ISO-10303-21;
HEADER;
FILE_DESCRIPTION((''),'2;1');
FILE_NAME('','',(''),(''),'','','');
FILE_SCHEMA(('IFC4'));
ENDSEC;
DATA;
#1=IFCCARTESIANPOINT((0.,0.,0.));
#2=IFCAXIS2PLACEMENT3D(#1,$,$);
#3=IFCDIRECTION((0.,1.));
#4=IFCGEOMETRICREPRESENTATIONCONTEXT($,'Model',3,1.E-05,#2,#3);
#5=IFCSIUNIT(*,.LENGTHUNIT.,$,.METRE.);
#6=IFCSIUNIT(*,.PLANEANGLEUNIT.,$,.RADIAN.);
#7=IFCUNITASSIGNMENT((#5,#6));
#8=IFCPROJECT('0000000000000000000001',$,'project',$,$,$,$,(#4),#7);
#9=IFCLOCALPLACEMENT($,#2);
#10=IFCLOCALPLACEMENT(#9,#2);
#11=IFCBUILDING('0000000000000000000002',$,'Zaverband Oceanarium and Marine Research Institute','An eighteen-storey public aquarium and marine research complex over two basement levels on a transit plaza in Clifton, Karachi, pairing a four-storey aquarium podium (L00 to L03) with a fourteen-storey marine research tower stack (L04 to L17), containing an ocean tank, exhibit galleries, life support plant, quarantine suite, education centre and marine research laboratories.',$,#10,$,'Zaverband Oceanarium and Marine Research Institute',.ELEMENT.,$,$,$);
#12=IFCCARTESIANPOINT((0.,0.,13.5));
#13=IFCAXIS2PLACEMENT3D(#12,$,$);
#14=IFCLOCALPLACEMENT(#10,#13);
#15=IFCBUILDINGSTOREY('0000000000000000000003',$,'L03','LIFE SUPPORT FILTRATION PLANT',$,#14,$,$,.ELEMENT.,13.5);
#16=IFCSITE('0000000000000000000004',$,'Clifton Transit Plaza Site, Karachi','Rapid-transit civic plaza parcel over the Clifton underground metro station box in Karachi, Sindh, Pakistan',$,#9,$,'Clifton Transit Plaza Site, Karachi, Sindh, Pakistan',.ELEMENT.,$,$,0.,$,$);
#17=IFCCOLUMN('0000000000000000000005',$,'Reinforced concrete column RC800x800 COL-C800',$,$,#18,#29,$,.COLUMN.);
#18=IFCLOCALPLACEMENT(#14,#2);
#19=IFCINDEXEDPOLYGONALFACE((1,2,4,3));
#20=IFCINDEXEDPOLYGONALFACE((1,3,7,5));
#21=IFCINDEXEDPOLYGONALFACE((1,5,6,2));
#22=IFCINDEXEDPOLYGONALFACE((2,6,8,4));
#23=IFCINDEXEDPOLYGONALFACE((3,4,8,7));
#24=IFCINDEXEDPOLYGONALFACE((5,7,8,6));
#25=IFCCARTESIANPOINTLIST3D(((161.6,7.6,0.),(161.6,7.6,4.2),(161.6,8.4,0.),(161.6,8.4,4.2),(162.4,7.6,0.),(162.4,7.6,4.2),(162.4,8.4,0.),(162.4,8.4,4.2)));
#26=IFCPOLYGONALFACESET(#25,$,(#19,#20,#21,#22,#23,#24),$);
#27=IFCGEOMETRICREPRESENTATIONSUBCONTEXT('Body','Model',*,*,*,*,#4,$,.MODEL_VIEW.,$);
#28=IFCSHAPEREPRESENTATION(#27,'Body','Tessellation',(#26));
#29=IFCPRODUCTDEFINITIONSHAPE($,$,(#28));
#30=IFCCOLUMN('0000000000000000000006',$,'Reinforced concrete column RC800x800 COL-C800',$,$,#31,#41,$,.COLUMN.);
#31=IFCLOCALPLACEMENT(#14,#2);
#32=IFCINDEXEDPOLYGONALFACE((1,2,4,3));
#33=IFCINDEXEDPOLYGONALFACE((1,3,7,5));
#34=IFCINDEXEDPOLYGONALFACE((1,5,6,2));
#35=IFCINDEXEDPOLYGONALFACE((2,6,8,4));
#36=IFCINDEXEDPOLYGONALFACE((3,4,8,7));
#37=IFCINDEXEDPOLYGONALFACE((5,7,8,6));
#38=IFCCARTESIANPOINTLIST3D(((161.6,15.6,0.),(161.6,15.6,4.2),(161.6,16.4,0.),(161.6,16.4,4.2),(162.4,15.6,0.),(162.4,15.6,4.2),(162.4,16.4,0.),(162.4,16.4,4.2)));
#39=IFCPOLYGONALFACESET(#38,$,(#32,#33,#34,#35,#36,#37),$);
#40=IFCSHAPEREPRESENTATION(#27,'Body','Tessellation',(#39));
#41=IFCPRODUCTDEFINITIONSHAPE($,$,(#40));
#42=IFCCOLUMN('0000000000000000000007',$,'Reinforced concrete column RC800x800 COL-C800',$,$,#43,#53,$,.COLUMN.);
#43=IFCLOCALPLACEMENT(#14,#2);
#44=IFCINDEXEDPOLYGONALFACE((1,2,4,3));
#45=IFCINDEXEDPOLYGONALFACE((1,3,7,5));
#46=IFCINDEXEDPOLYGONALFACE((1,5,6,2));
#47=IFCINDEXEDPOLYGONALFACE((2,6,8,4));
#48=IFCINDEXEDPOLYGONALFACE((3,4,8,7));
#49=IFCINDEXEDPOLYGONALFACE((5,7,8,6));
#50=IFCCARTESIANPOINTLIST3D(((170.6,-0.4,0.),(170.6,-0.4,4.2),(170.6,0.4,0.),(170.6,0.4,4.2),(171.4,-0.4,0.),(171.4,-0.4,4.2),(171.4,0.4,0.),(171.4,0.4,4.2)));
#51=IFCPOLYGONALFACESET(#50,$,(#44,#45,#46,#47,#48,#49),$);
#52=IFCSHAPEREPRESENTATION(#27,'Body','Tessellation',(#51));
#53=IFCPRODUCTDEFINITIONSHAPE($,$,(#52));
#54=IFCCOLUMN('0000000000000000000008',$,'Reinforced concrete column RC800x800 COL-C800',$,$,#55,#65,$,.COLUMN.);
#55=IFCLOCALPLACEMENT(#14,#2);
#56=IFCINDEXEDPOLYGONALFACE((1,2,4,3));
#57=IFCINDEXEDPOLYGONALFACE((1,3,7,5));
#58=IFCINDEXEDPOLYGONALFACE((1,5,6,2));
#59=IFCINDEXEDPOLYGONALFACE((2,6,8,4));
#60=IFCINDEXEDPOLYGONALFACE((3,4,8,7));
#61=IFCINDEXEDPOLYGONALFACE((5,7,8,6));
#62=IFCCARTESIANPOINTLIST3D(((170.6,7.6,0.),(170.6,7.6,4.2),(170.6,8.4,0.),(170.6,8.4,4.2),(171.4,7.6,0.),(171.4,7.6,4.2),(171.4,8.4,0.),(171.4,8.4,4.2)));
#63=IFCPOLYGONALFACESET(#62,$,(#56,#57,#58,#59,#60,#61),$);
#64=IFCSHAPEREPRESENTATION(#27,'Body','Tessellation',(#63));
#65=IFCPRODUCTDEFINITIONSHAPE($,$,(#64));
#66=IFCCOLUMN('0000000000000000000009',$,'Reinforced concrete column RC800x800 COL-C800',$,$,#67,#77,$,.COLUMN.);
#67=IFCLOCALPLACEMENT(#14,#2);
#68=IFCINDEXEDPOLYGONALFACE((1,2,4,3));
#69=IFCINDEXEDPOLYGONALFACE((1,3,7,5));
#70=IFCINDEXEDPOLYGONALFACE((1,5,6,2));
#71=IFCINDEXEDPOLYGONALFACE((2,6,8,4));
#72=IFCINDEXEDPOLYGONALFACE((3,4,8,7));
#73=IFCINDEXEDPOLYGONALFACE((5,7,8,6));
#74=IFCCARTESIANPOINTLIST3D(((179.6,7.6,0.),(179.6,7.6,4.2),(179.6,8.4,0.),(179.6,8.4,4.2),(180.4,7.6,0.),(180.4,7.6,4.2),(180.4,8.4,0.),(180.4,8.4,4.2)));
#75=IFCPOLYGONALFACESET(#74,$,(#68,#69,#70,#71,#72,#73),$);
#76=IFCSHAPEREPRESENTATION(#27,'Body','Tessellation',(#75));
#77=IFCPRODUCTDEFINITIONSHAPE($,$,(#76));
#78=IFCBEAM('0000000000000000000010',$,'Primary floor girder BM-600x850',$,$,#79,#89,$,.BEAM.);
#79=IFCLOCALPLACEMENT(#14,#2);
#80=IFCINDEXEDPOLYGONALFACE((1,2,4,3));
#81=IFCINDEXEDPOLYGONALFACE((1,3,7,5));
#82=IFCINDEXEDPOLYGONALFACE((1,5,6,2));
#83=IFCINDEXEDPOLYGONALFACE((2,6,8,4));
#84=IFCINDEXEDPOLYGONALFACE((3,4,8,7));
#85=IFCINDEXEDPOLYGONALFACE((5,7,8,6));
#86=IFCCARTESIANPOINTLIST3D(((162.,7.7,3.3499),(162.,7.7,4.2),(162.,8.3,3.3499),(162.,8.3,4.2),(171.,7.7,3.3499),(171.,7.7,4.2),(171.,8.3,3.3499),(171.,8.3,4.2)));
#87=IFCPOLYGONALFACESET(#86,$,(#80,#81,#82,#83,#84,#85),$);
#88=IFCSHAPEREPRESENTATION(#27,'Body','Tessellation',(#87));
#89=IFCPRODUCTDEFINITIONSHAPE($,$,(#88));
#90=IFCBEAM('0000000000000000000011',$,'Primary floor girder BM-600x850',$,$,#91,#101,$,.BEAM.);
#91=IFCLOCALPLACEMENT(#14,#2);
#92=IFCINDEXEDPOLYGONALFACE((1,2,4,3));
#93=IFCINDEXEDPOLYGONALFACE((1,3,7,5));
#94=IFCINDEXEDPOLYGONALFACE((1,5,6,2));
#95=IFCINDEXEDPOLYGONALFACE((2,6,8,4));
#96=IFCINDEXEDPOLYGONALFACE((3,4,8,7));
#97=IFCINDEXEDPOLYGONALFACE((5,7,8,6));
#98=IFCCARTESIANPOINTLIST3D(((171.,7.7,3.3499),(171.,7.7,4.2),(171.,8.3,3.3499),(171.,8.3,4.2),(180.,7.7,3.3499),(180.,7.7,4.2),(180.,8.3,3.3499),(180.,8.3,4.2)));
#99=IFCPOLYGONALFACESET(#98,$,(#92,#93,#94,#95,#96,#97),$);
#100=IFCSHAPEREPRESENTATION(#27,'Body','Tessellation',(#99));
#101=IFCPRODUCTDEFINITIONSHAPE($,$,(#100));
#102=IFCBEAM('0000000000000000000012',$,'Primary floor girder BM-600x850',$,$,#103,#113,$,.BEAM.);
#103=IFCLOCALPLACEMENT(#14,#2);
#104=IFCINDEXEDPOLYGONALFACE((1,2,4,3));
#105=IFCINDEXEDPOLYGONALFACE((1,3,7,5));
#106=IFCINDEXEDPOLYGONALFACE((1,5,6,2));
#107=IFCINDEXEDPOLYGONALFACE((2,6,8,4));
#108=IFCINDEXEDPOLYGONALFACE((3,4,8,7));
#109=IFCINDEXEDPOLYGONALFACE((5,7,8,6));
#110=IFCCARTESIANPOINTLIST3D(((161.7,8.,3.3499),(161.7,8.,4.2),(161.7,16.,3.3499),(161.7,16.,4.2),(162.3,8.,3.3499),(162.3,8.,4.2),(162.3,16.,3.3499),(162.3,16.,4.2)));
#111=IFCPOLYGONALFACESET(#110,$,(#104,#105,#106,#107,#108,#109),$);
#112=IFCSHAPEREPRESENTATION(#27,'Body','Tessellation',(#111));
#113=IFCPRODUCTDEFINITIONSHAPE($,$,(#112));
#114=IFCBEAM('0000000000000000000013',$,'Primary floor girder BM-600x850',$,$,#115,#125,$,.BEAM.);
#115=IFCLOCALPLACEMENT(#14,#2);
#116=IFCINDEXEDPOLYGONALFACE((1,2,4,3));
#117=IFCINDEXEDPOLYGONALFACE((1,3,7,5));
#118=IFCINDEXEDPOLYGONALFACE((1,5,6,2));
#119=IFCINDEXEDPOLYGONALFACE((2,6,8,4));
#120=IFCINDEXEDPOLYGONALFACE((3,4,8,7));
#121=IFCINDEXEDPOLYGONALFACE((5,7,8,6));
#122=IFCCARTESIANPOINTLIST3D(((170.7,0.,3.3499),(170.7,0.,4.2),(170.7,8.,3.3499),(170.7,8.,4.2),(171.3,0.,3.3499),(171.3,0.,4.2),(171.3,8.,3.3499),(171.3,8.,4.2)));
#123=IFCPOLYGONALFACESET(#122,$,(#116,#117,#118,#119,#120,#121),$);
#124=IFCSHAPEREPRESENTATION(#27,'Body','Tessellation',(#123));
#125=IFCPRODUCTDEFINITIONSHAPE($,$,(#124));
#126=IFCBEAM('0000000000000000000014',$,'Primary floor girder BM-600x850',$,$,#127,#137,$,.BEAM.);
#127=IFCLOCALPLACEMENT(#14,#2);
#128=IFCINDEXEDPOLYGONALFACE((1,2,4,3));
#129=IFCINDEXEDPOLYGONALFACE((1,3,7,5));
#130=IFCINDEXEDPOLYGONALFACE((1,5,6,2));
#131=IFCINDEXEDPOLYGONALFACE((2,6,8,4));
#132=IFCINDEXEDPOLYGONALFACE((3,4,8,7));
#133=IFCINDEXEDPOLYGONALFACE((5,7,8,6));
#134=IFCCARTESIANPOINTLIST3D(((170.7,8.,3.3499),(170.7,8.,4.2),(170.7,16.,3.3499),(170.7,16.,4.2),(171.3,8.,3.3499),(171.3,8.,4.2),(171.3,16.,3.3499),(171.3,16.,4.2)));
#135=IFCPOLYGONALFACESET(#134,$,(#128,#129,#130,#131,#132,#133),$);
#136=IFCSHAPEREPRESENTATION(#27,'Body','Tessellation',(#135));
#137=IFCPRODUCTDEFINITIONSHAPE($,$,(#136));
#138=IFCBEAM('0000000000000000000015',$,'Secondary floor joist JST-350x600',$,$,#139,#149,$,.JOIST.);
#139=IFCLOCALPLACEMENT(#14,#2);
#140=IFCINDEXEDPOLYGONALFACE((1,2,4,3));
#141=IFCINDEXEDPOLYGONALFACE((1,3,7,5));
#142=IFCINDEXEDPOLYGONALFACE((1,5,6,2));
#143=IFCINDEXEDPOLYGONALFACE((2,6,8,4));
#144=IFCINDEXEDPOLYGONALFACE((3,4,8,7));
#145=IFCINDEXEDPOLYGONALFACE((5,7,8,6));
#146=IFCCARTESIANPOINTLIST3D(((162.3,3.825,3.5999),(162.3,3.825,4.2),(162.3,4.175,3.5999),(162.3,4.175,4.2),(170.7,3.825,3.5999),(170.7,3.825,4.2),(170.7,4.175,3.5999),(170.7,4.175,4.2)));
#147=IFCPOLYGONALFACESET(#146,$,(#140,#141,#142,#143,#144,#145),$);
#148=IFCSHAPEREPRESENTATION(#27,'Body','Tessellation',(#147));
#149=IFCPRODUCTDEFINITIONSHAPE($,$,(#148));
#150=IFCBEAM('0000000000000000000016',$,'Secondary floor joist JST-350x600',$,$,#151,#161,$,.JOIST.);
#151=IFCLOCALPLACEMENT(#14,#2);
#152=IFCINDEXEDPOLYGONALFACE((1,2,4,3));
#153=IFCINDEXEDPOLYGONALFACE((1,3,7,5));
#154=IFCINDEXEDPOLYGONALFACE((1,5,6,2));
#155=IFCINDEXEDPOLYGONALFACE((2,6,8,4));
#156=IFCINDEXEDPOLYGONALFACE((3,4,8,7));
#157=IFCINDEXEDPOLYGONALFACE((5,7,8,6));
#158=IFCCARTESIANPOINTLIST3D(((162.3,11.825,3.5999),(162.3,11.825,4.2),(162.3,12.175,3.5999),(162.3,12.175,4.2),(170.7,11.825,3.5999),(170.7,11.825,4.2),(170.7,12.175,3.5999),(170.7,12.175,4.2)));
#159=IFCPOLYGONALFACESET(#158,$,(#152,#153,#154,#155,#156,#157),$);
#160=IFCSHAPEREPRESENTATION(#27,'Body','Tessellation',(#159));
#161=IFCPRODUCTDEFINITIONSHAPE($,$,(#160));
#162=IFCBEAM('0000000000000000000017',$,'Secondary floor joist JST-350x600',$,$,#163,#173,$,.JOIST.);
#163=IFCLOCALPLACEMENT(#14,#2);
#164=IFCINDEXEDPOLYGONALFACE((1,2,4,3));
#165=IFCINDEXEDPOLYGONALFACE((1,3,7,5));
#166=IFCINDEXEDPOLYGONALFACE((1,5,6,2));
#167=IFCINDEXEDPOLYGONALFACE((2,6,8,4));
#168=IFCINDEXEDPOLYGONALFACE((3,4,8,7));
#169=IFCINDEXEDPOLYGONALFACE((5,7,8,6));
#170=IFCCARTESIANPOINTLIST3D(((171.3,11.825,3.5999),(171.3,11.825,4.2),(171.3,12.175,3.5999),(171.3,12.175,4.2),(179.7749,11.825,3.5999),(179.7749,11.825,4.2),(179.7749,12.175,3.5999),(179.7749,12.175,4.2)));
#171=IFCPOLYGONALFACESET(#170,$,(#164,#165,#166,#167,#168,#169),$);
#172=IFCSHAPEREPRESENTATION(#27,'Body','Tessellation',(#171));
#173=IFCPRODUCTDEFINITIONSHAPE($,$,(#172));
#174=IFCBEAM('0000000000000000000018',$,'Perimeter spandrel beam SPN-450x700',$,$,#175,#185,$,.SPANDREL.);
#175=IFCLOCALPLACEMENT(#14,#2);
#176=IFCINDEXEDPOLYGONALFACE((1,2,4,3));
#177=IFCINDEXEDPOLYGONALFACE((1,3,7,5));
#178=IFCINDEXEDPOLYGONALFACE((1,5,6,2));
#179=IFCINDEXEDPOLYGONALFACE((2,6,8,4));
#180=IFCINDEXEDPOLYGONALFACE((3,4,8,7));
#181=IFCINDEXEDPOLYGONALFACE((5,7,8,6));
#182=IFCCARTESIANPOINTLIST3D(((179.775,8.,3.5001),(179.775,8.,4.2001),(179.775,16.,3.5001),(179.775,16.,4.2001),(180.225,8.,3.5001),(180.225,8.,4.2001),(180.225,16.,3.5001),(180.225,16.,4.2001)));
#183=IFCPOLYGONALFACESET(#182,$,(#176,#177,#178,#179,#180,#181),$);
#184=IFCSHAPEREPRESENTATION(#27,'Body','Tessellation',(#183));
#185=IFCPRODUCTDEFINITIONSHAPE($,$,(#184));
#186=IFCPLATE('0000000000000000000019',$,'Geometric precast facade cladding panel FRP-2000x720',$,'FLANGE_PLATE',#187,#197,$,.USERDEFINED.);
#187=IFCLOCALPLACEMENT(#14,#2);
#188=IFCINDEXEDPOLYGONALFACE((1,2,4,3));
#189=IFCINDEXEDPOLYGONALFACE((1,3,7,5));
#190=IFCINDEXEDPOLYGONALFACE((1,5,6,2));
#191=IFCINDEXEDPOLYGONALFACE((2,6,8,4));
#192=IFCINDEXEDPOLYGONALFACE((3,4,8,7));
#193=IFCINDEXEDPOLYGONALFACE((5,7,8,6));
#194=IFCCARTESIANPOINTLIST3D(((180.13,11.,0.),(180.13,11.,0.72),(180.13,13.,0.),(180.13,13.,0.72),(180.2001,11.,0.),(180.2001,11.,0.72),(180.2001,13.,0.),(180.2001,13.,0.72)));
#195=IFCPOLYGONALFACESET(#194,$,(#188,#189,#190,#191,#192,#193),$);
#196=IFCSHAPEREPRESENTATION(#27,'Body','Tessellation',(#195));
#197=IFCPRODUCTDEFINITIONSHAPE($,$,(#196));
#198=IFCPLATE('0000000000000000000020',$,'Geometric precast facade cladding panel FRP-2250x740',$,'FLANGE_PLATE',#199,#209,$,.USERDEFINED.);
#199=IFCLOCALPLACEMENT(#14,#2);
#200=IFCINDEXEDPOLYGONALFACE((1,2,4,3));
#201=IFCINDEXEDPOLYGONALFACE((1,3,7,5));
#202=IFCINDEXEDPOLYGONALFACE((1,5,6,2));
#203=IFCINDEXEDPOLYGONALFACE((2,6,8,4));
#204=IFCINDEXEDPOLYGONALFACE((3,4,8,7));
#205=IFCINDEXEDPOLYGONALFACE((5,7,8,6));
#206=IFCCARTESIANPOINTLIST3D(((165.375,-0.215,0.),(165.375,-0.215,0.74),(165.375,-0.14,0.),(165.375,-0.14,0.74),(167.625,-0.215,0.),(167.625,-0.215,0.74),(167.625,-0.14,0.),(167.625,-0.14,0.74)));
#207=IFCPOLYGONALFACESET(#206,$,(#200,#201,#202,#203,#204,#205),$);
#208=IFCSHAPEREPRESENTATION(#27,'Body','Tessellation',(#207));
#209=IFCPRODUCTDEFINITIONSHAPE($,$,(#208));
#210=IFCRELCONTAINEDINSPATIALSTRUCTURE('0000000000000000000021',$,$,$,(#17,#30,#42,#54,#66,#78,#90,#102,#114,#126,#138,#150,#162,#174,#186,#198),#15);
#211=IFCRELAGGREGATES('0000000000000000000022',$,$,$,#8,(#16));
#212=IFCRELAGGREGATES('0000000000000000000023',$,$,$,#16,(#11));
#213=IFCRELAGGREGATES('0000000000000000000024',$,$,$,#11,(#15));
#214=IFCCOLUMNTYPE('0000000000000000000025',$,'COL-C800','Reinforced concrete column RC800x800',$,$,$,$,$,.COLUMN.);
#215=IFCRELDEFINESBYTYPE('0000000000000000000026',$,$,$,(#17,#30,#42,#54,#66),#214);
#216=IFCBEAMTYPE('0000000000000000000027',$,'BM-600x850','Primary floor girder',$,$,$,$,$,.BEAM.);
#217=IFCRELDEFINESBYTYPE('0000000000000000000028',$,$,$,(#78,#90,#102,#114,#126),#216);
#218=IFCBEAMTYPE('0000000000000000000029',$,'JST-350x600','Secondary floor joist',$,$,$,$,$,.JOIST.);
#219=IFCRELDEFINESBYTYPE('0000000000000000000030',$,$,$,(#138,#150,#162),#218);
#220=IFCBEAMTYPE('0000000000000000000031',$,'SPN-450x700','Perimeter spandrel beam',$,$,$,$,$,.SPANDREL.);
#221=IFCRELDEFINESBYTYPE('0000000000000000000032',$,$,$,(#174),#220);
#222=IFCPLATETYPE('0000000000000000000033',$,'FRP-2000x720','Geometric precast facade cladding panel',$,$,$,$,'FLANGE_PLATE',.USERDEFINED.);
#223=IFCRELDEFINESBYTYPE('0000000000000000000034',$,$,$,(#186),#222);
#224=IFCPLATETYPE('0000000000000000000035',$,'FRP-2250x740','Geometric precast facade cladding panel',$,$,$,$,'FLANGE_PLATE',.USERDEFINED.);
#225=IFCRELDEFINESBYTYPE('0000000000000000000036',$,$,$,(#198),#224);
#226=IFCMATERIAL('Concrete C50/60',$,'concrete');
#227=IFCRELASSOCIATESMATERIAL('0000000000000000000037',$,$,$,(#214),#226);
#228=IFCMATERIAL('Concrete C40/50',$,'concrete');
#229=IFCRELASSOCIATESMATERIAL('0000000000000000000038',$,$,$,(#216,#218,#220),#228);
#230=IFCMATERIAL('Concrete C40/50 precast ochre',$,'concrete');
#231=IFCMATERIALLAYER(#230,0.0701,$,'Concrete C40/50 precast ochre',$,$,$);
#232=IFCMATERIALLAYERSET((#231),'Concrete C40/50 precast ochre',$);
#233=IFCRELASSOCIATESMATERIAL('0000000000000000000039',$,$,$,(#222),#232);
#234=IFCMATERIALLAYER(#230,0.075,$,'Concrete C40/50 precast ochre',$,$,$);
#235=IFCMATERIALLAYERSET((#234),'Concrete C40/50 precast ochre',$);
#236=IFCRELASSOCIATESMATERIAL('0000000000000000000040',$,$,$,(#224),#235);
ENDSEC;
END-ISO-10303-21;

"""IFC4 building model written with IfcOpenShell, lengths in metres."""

from ifc_helpers import new_model, si_unit, direction, frame, frame_2d, origin, origin_2d, place, context, subcontext, project, spatial, rectangle, extrude, material, layer, layer_set, material_profile, profile_set, type_object, element, save


model = new_model("IFC4")

# Units and contexts
model_context = context("Model", 3, precision=1e-05, world=origin(), true_north=direction((0.0, 1.0)))
body_context = subcontext(model_context, "Body", "Model", "MODEL_VIEW")
ifc_project = project(units=[si_unit("LENGTHUNIT", "METRE"), si_unit("PLANEANGLEUNIT", "RADIAN")], contexts=[model_context])

# Site, building, storey
site_placement = place(None, origin())
site = spatial("IfcSite", under=ifc_project, at=site_placement, Name="Clifton Transit Plaza Site, Karachi", Description="Rapid-transit civic plaza parcel over the Clifton underground metro station box in Karachi, Sindh, Pakistan", LongName="Clifton Transit Plaza Site, Karachi, Sindh, Pakistan", CompositionType="ELEMENT", RefElevation=0.0)
building_placement = place(site_placement, origin())
building = spatial("IfcBuilding", under=site, at=building_placement, Name="Zaverband Oceanarium and Marine Research Institute", Description="An eighteen-storey public aquarium and marine research complex over two basement levels on a transit plaza in Clifton, Karachi, pairing a four-storey aquarium podium (L00 to L03) with a fourteen-storey marine research tower stack (L04 to L17), containing an ocean tank, exhibit galleries, life support plant, quarantine suite, education centre and marine research laboratories.", LongName="Zaverband Oceanarium and Marine Research Institute", CompositionType="ELEMENT")
storey_placement = place(building_placement, frame((0.0, 0.0, 13.5)))
storey = spatial("IfcBuildingStorey", under=building, at=storey_placement, Name="L03", Description="LIFE SUPPORT FILTRATION PLANT", CompositionType="ELEMENT", Elevation=13.5)

# Columns
ifc_material_1 = material(Name="Concrete C50/60", Category="concrete")
ifc_material_profile_1 = material_profile(ifc_material_1, rectangle(XDim=0.8, YDim=0.8, at=origin_2d()), Name="RC800x800")
ifc_profile_set_1 = profile_set([ifc_material_profile_1], Name="Concrete C50/60")
column_type = type_object("IfcColumnType", Name="COL-C800", Description="Reinforced concrete column RC800x800", PredefinedType="COLUMN", material=ifc_profile_set_1)
for number, where, z_axis, x_axis, name in (
    (1, (162.0, 8.0, 0.0), (0.0, 0.0, 1.0), (1.0, 0.0, 0.0), "Reinforced concrete column RC800x800 COL-C800"),
    (2, (162.0, 16.0, 0.0), (0.0, 0.0, 1.0), (1.0, 0.0, 0.0), "Reinforced concrete column RC800x800 COL-C800"),
    (3, (171.0, 0.0, 0.0), (0.0, 0.0, 1.0), (1.0, 0.0, 0.0), "Reinforced concrete column RC800x800 COL-C800"),
    (4, (171.0, 8.0, 0.0), (0.0, 0.0, 1.0), (1.0, 0.0, 0.0), "Reinforced concrete column RC800x800 COL-C800"),
    (5, (180.0, 8.0, 0.0), (0.0, 0.0, 1.0), (1.0, 0.0, 0.0), "Reinforced concrete column RC800x800 COL-C800"),
):
    element("IfcColumn", number, at=place(storey_placement, frame(where, z_axis=z_axis, x_axis=x_axis)), inside=storey, type_object=column_type, Name=name, PredefinedType="COLUMN", context=body_context, shape_type="SweptSolid", body=[
        extrude(rectangle(XDim=0.8, YDim=0.8, at=origin_2d()), origin(), (0.0, 0.0, 1.0), 4.2),
    ])

# Beams
ifc_material_2 = material(Name="Concrete C40/50", Category="concrete")
ifc_material_profile_2 = material_profile(ifc_material_2, rectangle(XDim=0.6001, YDim=0.8501, at=origin_2d()), Name="RC600x850")
ifc_profile_set_2 = profile_set([ifc_material_profile_2], Name="Concrete C40/50")
beam_type_1 = type_object("IfcBeamType", Name="BM-600x850", Description="Primary floor girder", PredefinedType="BEAM", material=ifc_profile_set_2)
for number, where, z_axis, x_axis, name in (
    (6, (162.0, 8.0, 3.7749), (1.0, 0.0, 0.0), (0.0, 1.0, 0.0), "Primary floor girder BM-600x850"),
    (7, (171.0, 8.0, 3.7749), (1.0, 0.0, 0.0), (0.0, 1.0, 0.0), "Primary floor girder BM-600x850"),
):
    element("IfcBeam", number, at=place(storey_placement, frame(where, z_axis=z_axis, x_axis=x_axis)), inside=storey, type_object=beam_type_1, Name=name, PredefinedType="BEAM", context=body_context, shape_type="SweptSolid", body=[
        extrude(rectangle(XDim=0.6001, YDim=0.8501, at=origin_2d()), origin(), (0.0, 0.0, 1.0), 9.0),
    ])
for number, where, z_axis, x_axis, name in (
    (8, (162.0, 8.0, 3.7749), (0.0, 1.0, 0.0), (-1.0, 0.0, 0.0), "Primary floor girder BM-600x850"),
    (9, (171.0, 0.0, 3.7749), (0.0, 1.0, 0.0), (-1.0, 0.0, 0.0), "Primary floor girder BM-600x850"),
    (10, (171.0, 8.0, 3.7749), (0.0, 1.0, 0.0), (-1.0, 0.0, 0.0), "Primary floor girder BM-600x850"),
):
    element("IfcBeam", number, at=place(storey_placement, frame(where, z_axis=z_axis, x_axis=x_axis)), inside=storey, type_object=beam_type_1, Name=name, PredefinedType="BEAM", context=body_context, shape_type="SweptSolid", body=[
        extrude(rectangle(XDim=0.6001, YDim=0.8501, at=origin_2d()), origin(), (0.0, 0.0, 1.0), 8.0),
    ])
ifc_material_profile_3 = material_profile(ifc_material_2, rectangle(XDim=0.3501, YDim=0.6001, at=origin_2d()), Name="RC350x600")
ifc_profile_set_3 = profile_set([ifc_material_profile_3], Name="Concrete C40/50")
beam_type_2 = type_object("IfcBeamType", Name="JST-350x600", Description="Secondary floor joist", PredefinedType="JOIST", material=ifc_profile_set_3)
for number, where, z_axis, x_axis, name in (
    (11, (162.3, 4.0, 3.8999), (1.0, 0.0, 0.0), (0.0, 1.0, 0.0), "Secondary floor joist JST-350x600"),
    (12, (162.3, 12.0, 3.8999), (1.0, 0.0, 0.0), (0.0, 1.0, 0.0), "Secondary floor joist JST-350x600"),
):
    element("IfcBeam", number, at=place(storey_placement, frame(where, z_axis=z_axis, x_axis=x_axis)), inside=storey, type_object=beam_type_2, Name=name, PredefinedType="JOIST", context=body_context, shape_type="SweptSolid", body=[
        extrude(rectangle(XDim=0.3501, YDim=0.6001, at=origin_2d()), origin(), (0.0, 0.0, 1.0), 8.3999),
    ])
beam_1_placement = place(storey_placement, frame((171.3, 12.0, 3.8999), z_axis=(1.0, 0.0, 0.0), x_axis=(0.0, 1.0, 0.0)))
element("IfcBeam", 13, at=beam_1_placement, inside=storey, type_object=beam_type_2, Name="Secondary floor joist JST-350x600", PredefinedType="JOIST", context=body_context, shape_type="SweptSolid", body=[
    extrude(rectangle(XDim=0.3501, YDim=0.6001, at=origin_2d()), origin(), (0.0, 0.0, 1.0), 8.4749),
])
ifc_material_profile_4 = material_profile(ifc_material_2, rectangle(XDim=0.45, YDim=0.7, at=origin_2d()), Name="RC450x700")
ifc_profile_set_4 = profile_set([ifc_material_profile_4], Name="Concrete C40/50")
beam_type_3 = type_object("IfcBeamType", Name="SPN-450x700", Description="Perimeter spandrel beam", PredefinedType="SPANDREL", material=ifc_profile_set_4)
beam_2_placement = place(storey_placement, frame((180.0, 8.0, 3.8501), z_axis=(0.0, 1.0, 0.0), x_axis=(-1.0, 0.0, 0.0)))
element("IfcBeam", 14, at=beam_2_placement, inside=storey, type_object=beam_type_3, Name="Perimeter spandrel beam SPN-450x700", PredefinedType="SPANDREL", context=body_context, shape_type="SweptSolid", body=[
    extrude(rectangle(XDim=0.45, YDim=0.7, at=origin_2d()), origin(), (0.0, 0.0, 1.0), 8.0),
])

# Plates
ifc_material_3 = material(Name="Concrete C40/50 precast ochre", Category="concrete")
ifc_layer_1 = layer(ifc_material_3, 0.0701, Name="Concrete C40/50 precast ochre")
ifc_layer_set_1 = layer_set([ifc_layer_1], Name="Concrete C40/50 precast ochre")
plate_type_1 = type_object("IfcPlateType", Name="FRP-2000x720", Description="Geometric precast facade cladding panel", ElementType="FLANGE_PLATE", PredefinedType="USERDEFINED", material=ifc_layer_set_1)
plate_1_placement = place(storey_placement, frame((180.165, 11.0, 0.0), z_axis=(0.0, 0.0, 1.0), x_axis=(0.0, 1.0, 0.0)))
element("IfcPlate", 15, at=plate_1_placement, inside=storey, type_object=plate_type_1, Name="Geometric precast facade cladding panel FRP-2000x720", ObjectType="FLANGE_PLATE", PredefinedType="USERDEFINED", context=body_context, shape_type="SweptSolid", body=[
    extrude(rectangle(XDim=2.0, YDim=0.0701, at=frame_2d((1.0, 0.0))), origin(), (0.0, 0.0, 1.0), 0.72),
])
ifc_layer_2 = layer(ifc_material_3, 0.075, Name="Concrete C40/50 precast ochre")
ifc_layer_set_2 = layer_set([ifc_layer_2], Name="Concrete C40/50 precast ochre")
plate_type_2 = type_object("IfcPlateType", Name="FRP-2250x740", Description="Geometric precast facade cladding panel", ElementType="FLANGE_PLATE", PredefinedType="USERDEFINED", material=ifc_layer_set_2)
plate_2_placement = place(storey_placement, frame((165.375, -0.1775, 0.0), z_axis=(0.0, 0.0, 1.0), x_axis=(1.0, 0.0, 0.0)))
element("IfcPlate", 16, at=plate_2_placement, inside=storey, type_object=plate_type_2, Name="Geometric precast facade cladding panel FRP-2250x740", ObjectType="FLANGE_PLATE", PredefinedType="USERDEFINED", context=body_context, shape_type="SweptSolid", body=[
    extrude(rectangle(XDim=2.25, YDim=0.075, at=frame_2d((1.125, 0.0))), origin(), (0.0, 0.0, 1.0), 0.74),
])

save(model, "model.ifc")
